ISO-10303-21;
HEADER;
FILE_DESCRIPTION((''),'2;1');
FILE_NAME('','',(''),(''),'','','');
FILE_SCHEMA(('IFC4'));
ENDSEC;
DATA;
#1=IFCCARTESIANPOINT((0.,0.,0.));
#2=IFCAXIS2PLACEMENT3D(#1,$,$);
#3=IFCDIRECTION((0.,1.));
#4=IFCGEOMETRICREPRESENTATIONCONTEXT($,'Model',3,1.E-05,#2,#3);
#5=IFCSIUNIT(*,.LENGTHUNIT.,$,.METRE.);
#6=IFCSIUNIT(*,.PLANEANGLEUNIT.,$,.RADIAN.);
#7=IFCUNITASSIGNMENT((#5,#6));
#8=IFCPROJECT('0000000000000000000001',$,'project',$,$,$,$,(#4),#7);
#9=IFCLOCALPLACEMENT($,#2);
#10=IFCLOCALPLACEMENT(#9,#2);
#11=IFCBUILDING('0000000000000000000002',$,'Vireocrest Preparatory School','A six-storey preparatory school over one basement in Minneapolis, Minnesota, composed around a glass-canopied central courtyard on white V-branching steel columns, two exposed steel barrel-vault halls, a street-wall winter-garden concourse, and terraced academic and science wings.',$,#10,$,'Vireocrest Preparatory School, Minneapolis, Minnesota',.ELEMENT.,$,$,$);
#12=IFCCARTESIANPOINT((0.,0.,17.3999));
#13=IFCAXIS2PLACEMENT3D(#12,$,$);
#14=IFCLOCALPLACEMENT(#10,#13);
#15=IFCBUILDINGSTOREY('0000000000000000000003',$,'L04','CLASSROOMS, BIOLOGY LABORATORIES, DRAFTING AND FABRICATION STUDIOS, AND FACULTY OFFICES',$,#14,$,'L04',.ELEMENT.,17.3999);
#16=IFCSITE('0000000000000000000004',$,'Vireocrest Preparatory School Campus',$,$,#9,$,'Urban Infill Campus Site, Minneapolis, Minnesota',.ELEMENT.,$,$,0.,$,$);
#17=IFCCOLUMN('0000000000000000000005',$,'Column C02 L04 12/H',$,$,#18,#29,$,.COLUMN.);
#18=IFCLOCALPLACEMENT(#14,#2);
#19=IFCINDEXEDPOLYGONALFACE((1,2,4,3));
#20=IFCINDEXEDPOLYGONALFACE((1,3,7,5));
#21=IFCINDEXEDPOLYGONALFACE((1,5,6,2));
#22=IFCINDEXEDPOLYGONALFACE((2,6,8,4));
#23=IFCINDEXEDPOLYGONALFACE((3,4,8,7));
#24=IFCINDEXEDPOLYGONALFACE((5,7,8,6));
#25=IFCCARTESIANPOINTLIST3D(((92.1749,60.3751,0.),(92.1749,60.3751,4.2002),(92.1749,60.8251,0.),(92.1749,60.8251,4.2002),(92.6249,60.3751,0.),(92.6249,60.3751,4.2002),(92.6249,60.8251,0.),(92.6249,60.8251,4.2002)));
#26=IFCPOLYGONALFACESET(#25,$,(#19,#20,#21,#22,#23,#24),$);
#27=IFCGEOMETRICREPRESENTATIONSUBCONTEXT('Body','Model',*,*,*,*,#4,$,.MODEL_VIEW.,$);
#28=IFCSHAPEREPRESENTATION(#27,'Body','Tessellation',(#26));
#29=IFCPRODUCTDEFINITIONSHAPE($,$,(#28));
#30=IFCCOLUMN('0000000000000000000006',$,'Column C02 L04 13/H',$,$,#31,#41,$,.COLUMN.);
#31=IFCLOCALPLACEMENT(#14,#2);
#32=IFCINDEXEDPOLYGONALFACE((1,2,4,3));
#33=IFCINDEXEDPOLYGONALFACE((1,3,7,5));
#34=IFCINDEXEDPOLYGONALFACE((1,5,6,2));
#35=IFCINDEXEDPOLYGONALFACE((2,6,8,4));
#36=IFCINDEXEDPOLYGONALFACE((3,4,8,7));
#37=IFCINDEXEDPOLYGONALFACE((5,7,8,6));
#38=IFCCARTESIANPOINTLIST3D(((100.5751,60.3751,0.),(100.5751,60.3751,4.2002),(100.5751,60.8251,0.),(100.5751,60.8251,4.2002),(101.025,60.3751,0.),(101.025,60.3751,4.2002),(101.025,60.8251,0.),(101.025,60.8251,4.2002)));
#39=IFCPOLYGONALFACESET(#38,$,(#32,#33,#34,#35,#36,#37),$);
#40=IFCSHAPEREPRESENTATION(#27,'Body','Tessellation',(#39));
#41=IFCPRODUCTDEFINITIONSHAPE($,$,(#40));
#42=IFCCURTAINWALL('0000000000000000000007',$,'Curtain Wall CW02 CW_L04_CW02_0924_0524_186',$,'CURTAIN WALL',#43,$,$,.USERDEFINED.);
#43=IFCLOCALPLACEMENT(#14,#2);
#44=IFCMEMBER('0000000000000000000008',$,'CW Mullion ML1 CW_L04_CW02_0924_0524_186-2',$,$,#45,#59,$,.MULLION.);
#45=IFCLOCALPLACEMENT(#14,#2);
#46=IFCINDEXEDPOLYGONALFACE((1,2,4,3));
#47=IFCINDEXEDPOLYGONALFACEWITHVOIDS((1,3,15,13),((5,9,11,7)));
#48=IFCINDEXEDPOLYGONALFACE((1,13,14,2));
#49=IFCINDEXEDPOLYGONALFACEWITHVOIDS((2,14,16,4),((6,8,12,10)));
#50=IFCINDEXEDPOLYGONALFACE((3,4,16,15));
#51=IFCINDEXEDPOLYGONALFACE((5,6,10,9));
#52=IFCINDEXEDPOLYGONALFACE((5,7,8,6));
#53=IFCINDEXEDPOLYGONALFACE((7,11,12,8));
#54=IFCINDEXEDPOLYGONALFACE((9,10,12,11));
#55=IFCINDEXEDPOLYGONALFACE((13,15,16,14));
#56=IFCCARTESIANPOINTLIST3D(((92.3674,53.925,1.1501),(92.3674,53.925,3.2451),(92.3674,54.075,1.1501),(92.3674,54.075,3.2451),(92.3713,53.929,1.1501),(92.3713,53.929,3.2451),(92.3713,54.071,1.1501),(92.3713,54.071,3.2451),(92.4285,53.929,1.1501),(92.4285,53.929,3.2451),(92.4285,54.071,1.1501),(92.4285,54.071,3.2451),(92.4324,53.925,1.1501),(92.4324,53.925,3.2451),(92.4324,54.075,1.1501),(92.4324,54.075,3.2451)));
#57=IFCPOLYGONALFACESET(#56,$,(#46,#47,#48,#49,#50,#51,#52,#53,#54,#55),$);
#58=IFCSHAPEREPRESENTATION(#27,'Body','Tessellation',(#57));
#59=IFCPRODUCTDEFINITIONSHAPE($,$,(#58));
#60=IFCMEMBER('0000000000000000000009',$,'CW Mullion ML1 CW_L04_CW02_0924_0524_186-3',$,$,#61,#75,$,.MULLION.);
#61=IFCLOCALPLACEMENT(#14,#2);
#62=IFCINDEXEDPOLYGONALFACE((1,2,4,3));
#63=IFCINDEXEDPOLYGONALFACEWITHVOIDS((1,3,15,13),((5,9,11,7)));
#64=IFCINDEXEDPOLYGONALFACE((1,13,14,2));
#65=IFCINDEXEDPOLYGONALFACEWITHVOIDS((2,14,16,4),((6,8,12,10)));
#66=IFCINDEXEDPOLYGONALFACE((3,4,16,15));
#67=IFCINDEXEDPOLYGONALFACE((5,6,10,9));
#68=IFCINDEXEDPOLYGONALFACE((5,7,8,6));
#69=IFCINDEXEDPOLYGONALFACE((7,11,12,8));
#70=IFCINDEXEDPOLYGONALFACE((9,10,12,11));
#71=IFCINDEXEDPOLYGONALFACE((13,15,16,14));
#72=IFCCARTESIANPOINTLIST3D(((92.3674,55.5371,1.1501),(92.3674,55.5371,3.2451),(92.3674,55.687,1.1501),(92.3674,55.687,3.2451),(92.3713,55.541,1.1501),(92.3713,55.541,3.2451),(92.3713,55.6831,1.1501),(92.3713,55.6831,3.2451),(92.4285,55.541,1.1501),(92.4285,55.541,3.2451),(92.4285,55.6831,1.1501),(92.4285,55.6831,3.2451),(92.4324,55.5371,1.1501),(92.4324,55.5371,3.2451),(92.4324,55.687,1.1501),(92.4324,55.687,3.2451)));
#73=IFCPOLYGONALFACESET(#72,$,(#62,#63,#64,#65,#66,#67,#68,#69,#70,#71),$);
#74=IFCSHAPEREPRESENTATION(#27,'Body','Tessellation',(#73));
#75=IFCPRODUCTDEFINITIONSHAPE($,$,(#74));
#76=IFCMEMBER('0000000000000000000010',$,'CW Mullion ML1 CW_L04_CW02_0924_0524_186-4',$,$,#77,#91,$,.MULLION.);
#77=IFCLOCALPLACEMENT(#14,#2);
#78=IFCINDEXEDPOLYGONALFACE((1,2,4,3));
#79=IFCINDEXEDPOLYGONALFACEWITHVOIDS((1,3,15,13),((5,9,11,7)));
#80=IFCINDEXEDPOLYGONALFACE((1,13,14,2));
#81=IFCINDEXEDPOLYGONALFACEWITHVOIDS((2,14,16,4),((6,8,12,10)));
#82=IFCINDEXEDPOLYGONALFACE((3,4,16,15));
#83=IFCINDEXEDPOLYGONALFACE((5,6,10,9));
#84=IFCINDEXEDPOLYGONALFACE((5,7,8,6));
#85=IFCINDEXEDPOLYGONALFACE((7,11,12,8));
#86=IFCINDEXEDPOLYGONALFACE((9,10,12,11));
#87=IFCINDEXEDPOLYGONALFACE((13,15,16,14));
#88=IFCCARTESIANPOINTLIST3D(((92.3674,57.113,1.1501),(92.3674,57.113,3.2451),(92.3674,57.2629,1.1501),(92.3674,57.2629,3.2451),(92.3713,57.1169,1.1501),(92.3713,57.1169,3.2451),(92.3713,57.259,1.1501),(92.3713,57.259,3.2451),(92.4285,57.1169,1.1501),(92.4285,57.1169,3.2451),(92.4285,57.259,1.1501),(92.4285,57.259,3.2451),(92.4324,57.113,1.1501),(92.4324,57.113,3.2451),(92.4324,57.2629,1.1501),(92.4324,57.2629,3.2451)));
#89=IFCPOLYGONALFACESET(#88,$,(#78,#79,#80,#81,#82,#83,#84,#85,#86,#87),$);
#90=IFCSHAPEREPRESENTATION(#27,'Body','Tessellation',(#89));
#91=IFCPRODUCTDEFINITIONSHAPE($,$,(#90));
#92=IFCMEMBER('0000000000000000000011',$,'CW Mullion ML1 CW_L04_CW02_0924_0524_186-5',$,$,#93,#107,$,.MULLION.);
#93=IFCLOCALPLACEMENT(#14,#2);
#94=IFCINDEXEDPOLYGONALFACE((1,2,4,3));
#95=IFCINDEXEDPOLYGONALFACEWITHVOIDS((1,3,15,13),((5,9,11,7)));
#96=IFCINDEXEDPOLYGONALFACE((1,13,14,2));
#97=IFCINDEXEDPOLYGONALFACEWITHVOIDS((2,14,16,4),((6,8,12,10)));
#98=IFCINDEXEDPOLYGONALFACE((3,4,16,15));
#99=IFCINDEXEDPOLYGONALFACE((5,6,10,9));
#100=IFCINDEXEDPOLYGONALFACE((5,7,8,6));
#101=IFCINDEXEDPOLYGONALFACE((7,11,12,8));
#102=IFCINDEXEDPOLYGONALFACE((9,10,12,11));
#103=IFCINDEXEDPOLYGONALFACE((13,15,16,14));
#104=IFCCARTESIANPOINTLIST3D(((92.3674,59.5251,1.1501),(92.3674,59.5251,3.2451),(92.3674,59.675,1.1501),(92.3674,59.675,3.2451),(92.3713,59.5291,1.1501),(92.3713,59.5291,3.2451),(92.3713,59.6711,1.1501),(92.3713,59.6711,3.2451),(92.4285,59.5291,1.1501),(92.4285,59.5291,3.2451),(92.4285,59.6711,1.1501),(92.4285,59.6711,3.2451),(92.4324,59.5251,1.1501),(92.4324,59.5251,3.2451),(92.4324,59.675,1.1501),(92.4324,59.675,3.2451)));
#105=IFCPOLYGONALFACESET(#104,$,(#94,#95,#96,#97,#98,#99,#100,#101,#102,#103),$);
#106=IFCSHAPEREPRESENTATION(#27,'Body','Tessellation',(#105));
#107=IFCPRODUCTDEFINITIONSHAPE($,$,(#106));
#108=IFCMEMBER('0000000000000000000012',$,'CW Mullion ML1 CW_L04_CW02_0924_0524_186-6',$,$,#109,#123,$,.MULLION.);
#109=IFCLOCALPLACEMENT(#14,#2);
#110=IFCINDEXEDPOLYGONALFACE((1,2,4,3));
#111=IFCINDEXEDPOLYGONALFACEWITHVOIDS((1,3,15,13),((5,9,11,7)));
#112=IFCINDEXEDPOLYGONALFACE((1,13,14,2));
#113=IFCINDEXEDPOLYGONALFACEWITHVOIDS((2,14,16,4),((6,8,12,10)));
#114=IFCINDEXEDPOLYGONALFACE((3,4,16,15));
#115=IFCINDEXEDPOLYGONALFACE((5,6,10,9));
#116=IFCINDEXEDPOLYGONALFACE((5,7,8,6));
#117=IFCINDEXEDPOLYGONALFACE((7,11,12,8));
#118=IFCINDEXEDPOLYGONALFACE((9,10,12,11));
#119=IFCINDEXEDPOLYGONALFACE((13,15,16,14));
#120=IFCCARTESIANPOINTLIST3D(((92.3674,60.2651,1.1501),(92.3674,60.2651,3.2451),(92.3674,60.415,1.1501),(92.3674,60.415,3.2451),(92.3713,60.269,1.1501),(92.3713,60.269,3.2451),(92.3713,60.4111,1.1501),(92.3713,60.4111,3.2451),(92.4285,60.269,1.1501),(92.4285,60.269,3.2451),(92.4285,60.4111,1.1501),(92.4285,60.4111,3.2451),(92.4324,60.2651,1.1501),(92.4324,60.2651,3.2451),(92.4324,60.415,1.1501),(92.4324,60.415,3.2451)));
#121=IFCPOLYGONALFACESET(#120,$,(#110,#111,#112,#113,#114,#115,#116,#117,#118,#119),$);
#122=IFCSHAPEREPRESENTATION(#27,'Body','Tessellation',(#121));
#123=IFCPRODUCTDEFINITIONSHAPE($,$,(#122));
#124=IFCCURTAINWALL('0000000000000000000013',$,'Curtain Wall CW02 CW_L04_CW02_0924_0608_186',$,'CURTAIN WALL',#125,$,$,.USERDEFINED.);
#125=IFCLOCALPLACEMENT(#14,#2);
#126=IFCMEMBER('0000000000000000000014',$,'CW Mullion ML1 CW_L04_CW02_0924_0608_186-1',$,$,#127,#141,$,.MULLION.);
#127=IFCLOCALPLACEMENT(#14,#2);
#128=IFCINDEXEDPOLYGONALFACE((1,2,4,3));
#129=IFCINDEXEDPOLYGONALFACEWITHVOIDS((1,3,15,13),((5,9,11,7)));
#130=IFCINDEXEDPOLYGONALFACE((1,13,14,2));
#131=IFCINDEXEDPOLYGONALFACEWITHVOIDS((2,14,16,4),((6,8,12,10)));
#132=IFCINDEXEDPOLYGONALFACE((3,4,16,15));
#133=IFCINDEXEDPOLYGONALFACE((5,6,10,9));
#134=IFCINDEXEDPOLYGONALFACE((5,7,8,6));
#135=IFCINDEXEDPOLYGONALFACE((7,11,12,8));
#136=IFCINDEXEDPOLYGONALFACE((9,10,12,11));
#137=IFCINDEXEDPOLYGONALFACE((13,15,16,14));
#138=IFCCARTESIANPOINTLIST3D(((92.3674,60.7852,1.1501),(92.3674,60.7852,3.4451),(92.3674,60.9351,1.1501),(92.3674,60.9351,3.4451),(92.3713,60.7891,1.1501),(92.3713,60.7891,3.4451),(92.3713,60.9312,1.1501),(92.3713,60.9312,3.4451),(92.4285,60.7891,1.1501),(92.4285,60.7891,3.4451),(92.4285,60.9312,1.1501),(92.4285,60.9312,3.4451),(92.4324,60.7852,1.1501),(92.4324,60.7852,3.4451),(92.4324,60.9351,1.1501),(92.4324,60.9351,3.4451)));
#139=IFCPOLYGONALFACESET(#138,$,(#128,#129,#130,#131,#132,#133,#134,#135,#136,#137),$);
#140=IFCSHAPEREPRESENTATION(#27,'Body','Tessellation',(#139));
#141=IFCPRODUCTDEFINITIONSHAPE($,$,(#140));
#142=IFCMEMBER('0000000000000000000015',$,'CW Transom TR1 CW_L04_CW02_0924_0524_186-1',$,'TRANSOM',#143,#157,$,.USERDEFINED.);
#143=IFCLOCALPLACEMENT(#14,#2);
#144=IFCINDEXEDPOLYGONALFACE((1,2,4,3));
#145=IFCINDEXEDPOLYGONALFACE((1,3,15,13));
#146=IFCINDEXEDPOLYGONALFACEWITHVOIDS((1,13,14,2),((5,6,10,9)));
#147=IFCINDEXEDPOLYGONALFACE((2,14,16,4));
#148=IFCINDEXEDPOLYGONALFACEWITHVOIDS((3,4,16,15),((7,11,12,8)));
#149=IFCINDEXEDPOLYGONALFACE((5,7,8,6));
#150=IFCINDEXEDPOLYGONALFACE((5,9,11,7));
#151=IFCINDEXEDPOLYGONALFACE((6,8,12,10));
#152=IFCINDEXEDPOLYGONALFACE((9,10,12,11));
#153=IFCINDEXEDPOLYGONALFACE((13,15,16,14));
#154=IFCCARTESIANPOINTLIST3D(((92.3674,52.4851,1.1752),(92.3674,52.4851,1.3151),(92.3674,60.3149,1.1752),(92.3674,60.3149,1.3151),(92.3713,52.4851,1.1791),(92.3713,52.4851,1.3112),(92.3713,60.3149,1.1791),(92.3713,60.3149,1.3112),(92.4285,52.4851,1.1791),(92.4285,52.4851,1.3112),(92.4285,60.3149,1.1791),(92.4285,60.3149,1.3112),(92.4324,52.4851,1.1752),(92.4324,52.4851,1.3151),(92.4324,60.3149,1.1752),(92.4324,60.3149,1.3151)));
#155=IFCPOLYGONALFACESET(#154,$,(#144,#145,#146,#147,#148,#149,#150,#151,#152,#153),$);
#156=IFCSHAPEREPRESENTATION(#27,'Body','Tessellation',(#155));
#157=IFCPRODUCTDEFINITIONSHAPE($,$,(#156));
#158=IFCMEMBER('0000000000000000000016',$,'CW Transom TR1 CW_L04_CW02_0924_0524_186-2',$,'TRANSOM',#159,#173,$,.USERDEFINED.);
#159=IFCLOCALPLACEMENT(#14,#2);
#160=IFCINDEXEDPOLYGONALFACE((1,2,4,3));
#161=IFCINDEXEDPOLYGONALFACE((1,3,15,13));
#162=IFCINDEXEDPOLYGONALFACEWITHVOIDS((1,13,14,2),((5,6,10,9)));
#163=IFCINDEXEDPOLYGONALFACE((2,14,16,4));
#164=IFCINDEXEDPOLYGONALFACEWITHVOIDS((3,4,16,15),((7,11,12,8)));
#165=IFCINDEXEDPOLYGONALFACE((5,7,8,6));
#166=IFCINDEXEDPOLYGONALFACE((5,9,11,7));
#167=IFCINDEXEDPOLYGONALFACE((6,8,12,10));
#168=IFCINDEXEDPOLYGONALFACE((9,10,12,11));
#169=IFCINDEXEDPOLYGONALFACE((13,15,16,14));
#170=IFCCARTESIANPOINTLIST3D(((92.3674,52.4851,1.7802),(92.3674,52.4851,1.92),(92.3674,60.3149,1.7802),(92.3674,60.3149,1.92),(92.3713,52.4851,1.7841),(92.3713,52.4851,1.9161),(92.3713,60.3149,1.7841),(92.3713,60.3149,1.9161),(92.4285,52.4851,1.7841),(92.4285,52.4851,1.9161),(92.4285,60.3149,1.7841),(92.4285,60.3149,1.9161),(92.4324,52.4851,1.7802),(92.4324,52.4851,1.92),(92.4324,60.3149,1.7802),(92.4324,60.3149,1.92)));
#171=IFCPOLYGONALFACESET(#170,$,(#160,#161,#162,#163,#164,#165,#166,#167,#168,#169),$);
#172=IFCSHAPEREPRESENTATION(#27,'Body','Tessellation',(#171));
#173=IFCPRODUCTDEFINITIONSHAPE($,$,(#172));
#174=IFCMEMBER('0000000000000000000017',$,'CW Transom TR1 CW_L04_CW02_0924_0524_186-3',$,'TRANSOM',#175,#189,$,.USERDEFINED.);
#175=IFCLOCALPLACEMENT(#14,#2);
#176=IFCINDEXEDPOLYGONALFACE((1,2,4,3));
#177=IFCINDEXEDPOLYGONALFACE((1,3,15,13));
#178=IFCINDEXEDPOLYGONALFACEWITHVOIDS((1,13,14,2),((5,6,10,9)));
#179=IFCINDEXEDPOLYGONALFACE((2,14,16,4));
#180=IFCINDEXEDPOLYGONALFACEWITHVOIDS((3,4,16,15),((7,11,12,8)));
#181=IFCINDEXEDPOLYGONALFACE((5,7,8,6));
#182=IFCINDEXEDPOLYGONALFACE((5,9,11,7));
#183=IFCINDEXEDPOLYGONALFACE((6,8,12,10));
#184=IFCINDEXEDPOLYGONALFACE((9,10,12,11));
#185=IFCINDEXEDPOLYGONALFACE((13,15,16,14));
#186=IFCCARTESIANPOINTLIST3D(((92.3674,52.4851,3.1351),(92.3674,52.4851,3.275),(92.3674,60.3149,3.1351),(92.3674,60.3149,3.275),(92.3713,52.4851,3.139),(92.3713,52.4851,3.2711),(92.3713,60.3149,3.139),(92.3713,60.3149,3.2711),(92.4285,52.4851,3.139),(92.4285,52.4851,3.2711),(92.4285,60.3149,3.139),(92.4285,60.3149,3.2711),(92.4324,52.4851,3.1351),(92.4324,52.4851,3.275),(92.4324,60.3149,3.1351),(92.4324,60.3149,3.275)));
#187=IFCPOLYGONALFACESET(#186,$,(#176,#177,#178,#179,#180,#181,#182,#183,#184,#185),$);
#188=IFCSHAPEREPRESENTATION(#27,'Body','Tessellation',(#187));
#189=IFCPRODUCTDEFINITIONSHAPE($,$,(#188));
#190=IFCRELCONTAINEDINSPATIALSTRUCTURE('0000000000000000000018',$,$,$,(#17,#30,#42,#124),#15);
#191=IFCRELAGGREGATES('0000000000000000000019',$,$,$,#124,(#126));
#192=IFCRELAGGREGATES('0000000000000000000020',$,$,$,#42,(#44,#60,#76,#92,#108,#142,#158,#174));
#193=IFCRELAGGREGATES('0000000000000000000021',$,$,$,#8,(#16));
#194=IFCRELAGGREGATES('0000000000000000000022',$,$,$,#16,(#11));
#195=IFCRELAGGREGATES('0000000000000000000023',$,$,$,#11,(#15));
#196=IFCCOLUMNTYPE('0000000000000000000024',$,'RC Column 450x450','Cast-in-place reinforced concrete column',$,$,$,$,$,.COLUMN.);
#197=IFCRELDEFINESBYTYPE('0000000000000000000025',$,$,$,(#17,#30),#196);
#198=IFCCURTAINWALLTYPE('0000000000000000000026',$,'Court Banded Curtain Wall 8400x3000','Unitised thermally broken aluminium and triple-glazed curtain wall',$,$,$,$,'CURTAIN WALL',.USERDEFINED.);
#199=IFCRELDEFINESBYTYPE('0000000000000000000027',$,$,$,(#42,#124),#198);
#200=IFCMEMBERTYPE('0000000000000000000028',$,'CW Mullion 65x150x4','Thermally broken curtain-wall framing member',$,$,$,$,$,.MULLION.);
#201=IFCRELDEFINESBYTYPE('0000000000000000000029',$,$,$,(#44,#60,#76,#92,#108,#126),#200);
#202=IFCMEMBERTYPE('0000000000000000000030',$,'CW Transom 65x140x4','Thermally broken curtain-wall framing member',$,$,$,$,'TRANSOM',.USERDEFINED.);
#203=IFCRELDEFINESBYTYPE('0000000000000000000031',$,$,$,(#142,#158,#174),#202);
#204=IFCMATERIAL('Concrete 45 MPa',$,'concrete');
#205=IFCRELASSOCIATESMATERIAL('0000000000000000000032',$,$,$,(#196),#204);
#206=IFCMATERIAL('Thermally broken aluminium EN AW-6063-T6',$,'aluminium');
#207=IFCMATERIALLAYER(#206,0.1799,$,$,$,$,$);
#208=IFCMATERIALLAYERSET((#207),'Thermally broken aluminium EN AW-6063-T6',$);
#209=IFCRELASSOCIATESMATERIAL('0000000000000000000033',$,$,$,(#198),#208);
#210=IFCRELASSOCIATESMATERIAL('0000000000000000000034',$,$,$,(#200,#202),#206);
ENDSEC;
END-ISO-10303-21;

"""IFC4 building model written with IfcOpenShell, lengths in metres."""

from ifc_helpers import new_model, si_unit, direction, frame, origin, origin_2d, place, context, subcontext, project, spatial, rectangle, hollow_rectangle, extrude, material, layer, layer_set, material_profile, profile_set, type_object, element, aggregate, save


model = new_model("IFC4")

# Units and contexts
model_context = context("Model", 3, precision=1e-05, world=origin(), true_north=direction((0.0, 1.0)))
body_context = subcontext(model_context, "Body", "Model", "MODEL_VIEW")
ifc_project = project(units=[si_unit("LENGTHUNIT", "METRE"), si_unit("PLANEANGLEUNIT", "RADIAN")], contexts=[model_context])

# Site, building, storey
site_placement = place(None, origin())
site = spatial("IfcSite", under=ifc_project, at=site_placement, Name="Vireocrest Preparatory School Campus", LongName="Urban Infill Campus Site, Minneapolis, Minnesota", CompositionType="ELEMENT", RefElevation=0.0)
building_placement = place(site_placement, origin())
building = spatial("IfcBuilding", under=site, at=building_placement, Name="Vireocrest Preparatory School", Description="A six-storey preparatory school over one basement in Minneapolis, Minnesota, composed around a glass-canopied central courtyard on white V-branching steel columns, two exposed steel barrel-vault halls, a street-wall winter-garden concourse, and terraced academic and science wings.", LongName="Vireocrest Preparatory School, Minneapolis, Minnesota", CompositionType="ELEMENT")
storey_placement = place(building_placement, frame((0.0, 0.0, 17.3999)))
storey = spatial("IfcBuildingStorey", under=building, at=storey_placement, Name="L04", Description="CLASSROOMS, BIOLOGY LABORATORIES, DRAFTING AND FABRICATION STUDIOS, AND FACULTY OFFICES", LongName="L04", CompositionType="ELEMENT", Elevation=17.3999)

# Columns
ifc_material_1 = material(Name="Concrete 45 MPa", Category="concrete")
ifc_material_profile_1 = material_profile(ifc_material_1, rectangle(XDim=0.45, YDim=0.45, at=origin_2d()), Name="RC 450x450")
ifc_profile_set_1 = profile_set([ifc_material_profile_1], Name="Concrete 45 MPa")
column_type = type_object("IfcColumnType", Name="RC Column 450x450", Description="Cast-in-place reinforced concrete column", PredefinedType="COLUMN", material=ifc_profile_set_1)
for number, where, z_axis, x_axis, name in (
    (1, (92.3999, 60.6001, 0.0), (0.0, 0.0, 1.0), (1.0, 0.0, 0.0), "Column C02 L04 12/H"),
    (2, (100.8, 60.6001, 0.0), (0.0, 0.0, 1.0), (1.0, 0.0, 0.0), "Column C02 L04 13/H"),
):
    element("IfcColumn", number, at=place(storey_placement, frame(where, z_axis=z_axis, x_axis=x_axis)), inside=storey, type_object=column_type, Name=name, PredefinedType="COLUMN", context=body_context, shape_type="SweptSolid", body=[
        extrude(rectangle(XDim=0.45, YDim=0.45, at=origin_2d()), origin(), (0.0, 0.0, 1.0), 4.2002),
    ])

# Curtain wall, members
ifc_material_2 = material(Name="Thermally broken aluminium EN AW-6063-T6", Category="aluminium")
ifc_layer_1 = layer(ifc_material_2, 0.1799)
ifc_layer_set_1 = layer_set([ifc_layer_1], Name="Thermally broken aluminium EN AW-6063-T6")
curtain_wall_type = type_object("IfcCurtainWallType", Name="Court Banded Curtain Wall 8400x3000", Description="Unitised thermally broken aluminium and triple-glazed curtain wall", ElementType="CURTAIN WALL", PredefinedType="USERDEFINED", material=ifc_layer_set_1)
curtain_wall_1_placement = place(storey_placement, origin())
curtain_wall_1 = element("IfcCurtainWall", 3, at=curtain_wall_1_placement, inside=storey, type_object=curtain_wall_type, Name="Curtain Wall CW02 CW_L04_CW02_0924_0524_186", ObjectType="CURTAIN WALL", PredefinedType="USERDEFINED")
ifc_material_profile_2 = material_profile(ifc_material_2, hollow_rectangle(XDim=0.0649, YDim=0.1499, WallThickness=0.0039, at=origin_2d()), Name="ALU 65x150x4")
ifc_profile_set_2 = profile_set([ifc_material_profile_2], Name="Thermally broken aluminium EN AW-6063-T6")
member_type_1 = type_object("IfcMemberType", Name="CW Mullion 65x150x4", Description="Thermally broken curtain-wall framing member", PredefinedType="MULLION", material=ifc_profile_set_2)
member_1_placement = place(storey_placement, frame((92.3999, 54.0, 1.1501), z_axis=(0.0, 0.0, 1.0), x_axis=(1.0, 0.0, 0.0)))
member_1 = element("IfcMember", 4, at=member_1_placement, type_object=member_type_1, Name="CW Mullion ML1 CW_L04_CW02_0924_0524_186-2", PredefinedType="MULLION", context=body_context, shape_type="SweptSolid", body=[
    extrude(hollow_rectangle(XDim=0.0649, YDim=0.1499, WallThickness=0.0039, at=origin_2d()), origin(), (0.0, 0.0, 1.0), 2.095),
])
member_2_placement = place(storey_placement, frame((92.3999, 55.6121, 1.1501), z_axis=(0.0, 0.0, 1.0), x_axis=(1.0, 0.0, 0.0)))
member_2 = element("IfcMember", 5, at=member_2_placement, type_object=member_type_1, Name="CW Mullion ML1 CW_L04_CW02_0924_0524_186-3", PredefinedType="MULLION", context=body_context, shape_type="SweptSolid", body=[
    extrude(hollow_rectangle(XDim=0.0649, YDim=0.1499, WallThickness=0.0039, at=origin_2d()), origin(), (0.0, 0.0, 1.0), 2.095),
])
member_3_placement = place(storey_placement, frame((92.3999, 57.188, 1.1501), z_axis=(0.0, 0.0, 1.0), x_axis=(1.0, 0.0, 0.0)))
member_3 = element("IfcMember", 6, at=member_3_placement, type_object=member_type_1, Name="CW Mullion ML1 CW_L04_CW02_0924_0524_186-4", PredefinedType="MULLION", context=body_context, shape_type="SweptSolid", body=[
    extrude(hollow_rectangle(XDim=0.0649, YDim=0.1499, WallThickness=0.0039, at=origin_2d()), origin(), (0.0, 0.0, 1.0), 2.095),
])
member_4_placement = place(storey_placement, frame((92.3999, 59.6001, 1.1501), z_axis=(0.0, 0.0, 1.0), x_axis=(1.0, 0.0, 0.0)))
member_4 = element("IfcMember", 7, at=member_4_placement, type_object=member_type_1, Name="CW Mullion ML1 CW_L04_CW02_0924_0524_186-5", PredefinedType="MULLION", context=body_context, shape_type="SweptSolid", body=[
    extrude(hollow_rectangle(XDim=0.0649, YDim=0.1499, WallThickness=0.0039, at=origin_2d()), origin(), (0.0, 0.0, 1.0), 2.095),
])
member_5_placement = place(storey_placement, frame((92.3999, 60.3401, 1.1501), z_axis=(0.0, 0.0, 1.0), x_axis=(1.0, 0.0, 0.0)))
member_5 = element("IfcMember", 8, at=member_5_placement, type_object=member_type_1, Name="CW Mullion ML1 CW_L04_CW02_0924_0524_186-6", PredefinedType="MULLION", context=body_context, shape_type="SweptSolid", body=[
    extrude(hollow_rectangle(XDim=0.0649, YDim=0.1499, WallThickness=0.0039, at=origin_2d()), origin(), (0.0, 0.0, 1.0), 2.095),
])

# Curtain wall, member
curtain_wall_2_placement = place(storey_placement, origin())
curtain_wall_2 = element("IfcCurtainWall", 9, at=curtain_wall_2_placement, inside=storey, type_object=curtain_wall_type, Name="Curtain Wall CW02 CW_L04_CW02_0924_0608_186", ObjectType="CURTAIN WALL", PredefinedType="USERDEFINED")
member_6_placement = place(storey_placement, frame((92.3999, 60.8601, 1.1501), z_axis=(0.0, 0.0, 1.0), x_axis=(1.0, 0.0, 0.0)))
member_6 = element("IfcMember", 10, at=member_6_placement, type_object=member_type_1, Name="CW Mullion ML1 CW_L04_CW02_0924_0608_186-1", PredefinedType="MULLION", context=body_context, shape_type="SweptSolid", body=[
    extrude(hollow_rectangle(XDim=0.0649, YDim=0.1499, WallThickness=0.0039, at=origin_2d()), origin(), (0.0, 0.0, 1.0), 2.2949),
])

# Members
ifc_material_profile_3 = material_profile(ifc_material_2, hollow_rectangle(XDim=0.0649, YDim=0.1399, WallThickness=0.0039, at=origin_2d()), Name="ALU 65x140x4")
ifc_profile_set_3 = profile_set([ifc_material_profile_3], Name="Thermally broken aluminium EN AW-6063-T6")
member_type_2 = type_object("IfcMemberType", Name="CW Transom 65x140x4", Description="Thermally broken curtain-wall framing member", ElementType="TRANSOM", PredefinedType="USERDEFINED", material=ifc_profile_set_3)
member_7_placement = place(storey_placement, frame((92.3999, 52.4851, 1.2451), z_axis=(0.0, 1.0, 0.0), x_axis=(-1.0, 0.0, 0.0)))
member_7 = element("IfcMember", 11, at=member_7_placement, type_object=member_type_2, Name="CW Transom TR1 CW_L04_CW02_0924_0524_186-1", ObjectType="TRANSOM", PredefinedType="USERDEFINED", context=body_context, shape_type="SweptSolid", body=[
    extrude(hollow_rectangle(XDim=0.0649, YDim=0.1399, WallThickness=0.0039, at=origin_2d()), origin(), (0.0, 0.0, 1.0), 7.8298),
])
member_8_placement = place(storey_placement, frame((92.3999, 52.4851, 1.8501), z_axis=(0.0, 1.0, 0.0), x_axis=(-1.0, 0.0, 0.0)))
member_8 = element("IfcMember", 12, at=member_8_placement, type_object=member_type_2, Name="CW Transom TR1 CW_L04_CW02_0924_0524_186-2", ObjectType="TRANSOM", PredefinedType="USERDEFINED", context=body_context, shape_type="SweptSolid", body=[
    extrude(hollow_rectangle(XDim=0.0649, YDim=0.1399, WallThickness=0.0039, at=origin_2d()), origin(), (0.0, 0.0, 1.0), 7.8298),
])
member_9_placement = place(storey_placement, frame((92.3999, 52.4851, 3.2051), z_axis=(0.0, 1.0, 0.0), x_axis=(-1.0, 0.0, 0.0)))
member_9 = element("IfcMember", 13, at=member_9_placement, type_object=member_type_2, Name="CW Transom TR1 CW_L04_CW02_0924_0524_186-3", ObjectType="TRANSOM", PredefinedType="USERDEFINED", context=body_context, shape_type="SweptSolid", body=[
    extrude(hollow_rectangle(XDim=0.0649, YDim=0.1399, WallThickness=0.0039, at=origin_2d()), origin(), (0.0, 0.0, 1.0), 7.8298),
])
aggregate(curtain_wall_2, [member_6])

aggregate(curtain_wall_1, [member_1, member_2, member_3, member_4, member_5, member_7, member_8, member_9])

save(model, "model.ifc")
